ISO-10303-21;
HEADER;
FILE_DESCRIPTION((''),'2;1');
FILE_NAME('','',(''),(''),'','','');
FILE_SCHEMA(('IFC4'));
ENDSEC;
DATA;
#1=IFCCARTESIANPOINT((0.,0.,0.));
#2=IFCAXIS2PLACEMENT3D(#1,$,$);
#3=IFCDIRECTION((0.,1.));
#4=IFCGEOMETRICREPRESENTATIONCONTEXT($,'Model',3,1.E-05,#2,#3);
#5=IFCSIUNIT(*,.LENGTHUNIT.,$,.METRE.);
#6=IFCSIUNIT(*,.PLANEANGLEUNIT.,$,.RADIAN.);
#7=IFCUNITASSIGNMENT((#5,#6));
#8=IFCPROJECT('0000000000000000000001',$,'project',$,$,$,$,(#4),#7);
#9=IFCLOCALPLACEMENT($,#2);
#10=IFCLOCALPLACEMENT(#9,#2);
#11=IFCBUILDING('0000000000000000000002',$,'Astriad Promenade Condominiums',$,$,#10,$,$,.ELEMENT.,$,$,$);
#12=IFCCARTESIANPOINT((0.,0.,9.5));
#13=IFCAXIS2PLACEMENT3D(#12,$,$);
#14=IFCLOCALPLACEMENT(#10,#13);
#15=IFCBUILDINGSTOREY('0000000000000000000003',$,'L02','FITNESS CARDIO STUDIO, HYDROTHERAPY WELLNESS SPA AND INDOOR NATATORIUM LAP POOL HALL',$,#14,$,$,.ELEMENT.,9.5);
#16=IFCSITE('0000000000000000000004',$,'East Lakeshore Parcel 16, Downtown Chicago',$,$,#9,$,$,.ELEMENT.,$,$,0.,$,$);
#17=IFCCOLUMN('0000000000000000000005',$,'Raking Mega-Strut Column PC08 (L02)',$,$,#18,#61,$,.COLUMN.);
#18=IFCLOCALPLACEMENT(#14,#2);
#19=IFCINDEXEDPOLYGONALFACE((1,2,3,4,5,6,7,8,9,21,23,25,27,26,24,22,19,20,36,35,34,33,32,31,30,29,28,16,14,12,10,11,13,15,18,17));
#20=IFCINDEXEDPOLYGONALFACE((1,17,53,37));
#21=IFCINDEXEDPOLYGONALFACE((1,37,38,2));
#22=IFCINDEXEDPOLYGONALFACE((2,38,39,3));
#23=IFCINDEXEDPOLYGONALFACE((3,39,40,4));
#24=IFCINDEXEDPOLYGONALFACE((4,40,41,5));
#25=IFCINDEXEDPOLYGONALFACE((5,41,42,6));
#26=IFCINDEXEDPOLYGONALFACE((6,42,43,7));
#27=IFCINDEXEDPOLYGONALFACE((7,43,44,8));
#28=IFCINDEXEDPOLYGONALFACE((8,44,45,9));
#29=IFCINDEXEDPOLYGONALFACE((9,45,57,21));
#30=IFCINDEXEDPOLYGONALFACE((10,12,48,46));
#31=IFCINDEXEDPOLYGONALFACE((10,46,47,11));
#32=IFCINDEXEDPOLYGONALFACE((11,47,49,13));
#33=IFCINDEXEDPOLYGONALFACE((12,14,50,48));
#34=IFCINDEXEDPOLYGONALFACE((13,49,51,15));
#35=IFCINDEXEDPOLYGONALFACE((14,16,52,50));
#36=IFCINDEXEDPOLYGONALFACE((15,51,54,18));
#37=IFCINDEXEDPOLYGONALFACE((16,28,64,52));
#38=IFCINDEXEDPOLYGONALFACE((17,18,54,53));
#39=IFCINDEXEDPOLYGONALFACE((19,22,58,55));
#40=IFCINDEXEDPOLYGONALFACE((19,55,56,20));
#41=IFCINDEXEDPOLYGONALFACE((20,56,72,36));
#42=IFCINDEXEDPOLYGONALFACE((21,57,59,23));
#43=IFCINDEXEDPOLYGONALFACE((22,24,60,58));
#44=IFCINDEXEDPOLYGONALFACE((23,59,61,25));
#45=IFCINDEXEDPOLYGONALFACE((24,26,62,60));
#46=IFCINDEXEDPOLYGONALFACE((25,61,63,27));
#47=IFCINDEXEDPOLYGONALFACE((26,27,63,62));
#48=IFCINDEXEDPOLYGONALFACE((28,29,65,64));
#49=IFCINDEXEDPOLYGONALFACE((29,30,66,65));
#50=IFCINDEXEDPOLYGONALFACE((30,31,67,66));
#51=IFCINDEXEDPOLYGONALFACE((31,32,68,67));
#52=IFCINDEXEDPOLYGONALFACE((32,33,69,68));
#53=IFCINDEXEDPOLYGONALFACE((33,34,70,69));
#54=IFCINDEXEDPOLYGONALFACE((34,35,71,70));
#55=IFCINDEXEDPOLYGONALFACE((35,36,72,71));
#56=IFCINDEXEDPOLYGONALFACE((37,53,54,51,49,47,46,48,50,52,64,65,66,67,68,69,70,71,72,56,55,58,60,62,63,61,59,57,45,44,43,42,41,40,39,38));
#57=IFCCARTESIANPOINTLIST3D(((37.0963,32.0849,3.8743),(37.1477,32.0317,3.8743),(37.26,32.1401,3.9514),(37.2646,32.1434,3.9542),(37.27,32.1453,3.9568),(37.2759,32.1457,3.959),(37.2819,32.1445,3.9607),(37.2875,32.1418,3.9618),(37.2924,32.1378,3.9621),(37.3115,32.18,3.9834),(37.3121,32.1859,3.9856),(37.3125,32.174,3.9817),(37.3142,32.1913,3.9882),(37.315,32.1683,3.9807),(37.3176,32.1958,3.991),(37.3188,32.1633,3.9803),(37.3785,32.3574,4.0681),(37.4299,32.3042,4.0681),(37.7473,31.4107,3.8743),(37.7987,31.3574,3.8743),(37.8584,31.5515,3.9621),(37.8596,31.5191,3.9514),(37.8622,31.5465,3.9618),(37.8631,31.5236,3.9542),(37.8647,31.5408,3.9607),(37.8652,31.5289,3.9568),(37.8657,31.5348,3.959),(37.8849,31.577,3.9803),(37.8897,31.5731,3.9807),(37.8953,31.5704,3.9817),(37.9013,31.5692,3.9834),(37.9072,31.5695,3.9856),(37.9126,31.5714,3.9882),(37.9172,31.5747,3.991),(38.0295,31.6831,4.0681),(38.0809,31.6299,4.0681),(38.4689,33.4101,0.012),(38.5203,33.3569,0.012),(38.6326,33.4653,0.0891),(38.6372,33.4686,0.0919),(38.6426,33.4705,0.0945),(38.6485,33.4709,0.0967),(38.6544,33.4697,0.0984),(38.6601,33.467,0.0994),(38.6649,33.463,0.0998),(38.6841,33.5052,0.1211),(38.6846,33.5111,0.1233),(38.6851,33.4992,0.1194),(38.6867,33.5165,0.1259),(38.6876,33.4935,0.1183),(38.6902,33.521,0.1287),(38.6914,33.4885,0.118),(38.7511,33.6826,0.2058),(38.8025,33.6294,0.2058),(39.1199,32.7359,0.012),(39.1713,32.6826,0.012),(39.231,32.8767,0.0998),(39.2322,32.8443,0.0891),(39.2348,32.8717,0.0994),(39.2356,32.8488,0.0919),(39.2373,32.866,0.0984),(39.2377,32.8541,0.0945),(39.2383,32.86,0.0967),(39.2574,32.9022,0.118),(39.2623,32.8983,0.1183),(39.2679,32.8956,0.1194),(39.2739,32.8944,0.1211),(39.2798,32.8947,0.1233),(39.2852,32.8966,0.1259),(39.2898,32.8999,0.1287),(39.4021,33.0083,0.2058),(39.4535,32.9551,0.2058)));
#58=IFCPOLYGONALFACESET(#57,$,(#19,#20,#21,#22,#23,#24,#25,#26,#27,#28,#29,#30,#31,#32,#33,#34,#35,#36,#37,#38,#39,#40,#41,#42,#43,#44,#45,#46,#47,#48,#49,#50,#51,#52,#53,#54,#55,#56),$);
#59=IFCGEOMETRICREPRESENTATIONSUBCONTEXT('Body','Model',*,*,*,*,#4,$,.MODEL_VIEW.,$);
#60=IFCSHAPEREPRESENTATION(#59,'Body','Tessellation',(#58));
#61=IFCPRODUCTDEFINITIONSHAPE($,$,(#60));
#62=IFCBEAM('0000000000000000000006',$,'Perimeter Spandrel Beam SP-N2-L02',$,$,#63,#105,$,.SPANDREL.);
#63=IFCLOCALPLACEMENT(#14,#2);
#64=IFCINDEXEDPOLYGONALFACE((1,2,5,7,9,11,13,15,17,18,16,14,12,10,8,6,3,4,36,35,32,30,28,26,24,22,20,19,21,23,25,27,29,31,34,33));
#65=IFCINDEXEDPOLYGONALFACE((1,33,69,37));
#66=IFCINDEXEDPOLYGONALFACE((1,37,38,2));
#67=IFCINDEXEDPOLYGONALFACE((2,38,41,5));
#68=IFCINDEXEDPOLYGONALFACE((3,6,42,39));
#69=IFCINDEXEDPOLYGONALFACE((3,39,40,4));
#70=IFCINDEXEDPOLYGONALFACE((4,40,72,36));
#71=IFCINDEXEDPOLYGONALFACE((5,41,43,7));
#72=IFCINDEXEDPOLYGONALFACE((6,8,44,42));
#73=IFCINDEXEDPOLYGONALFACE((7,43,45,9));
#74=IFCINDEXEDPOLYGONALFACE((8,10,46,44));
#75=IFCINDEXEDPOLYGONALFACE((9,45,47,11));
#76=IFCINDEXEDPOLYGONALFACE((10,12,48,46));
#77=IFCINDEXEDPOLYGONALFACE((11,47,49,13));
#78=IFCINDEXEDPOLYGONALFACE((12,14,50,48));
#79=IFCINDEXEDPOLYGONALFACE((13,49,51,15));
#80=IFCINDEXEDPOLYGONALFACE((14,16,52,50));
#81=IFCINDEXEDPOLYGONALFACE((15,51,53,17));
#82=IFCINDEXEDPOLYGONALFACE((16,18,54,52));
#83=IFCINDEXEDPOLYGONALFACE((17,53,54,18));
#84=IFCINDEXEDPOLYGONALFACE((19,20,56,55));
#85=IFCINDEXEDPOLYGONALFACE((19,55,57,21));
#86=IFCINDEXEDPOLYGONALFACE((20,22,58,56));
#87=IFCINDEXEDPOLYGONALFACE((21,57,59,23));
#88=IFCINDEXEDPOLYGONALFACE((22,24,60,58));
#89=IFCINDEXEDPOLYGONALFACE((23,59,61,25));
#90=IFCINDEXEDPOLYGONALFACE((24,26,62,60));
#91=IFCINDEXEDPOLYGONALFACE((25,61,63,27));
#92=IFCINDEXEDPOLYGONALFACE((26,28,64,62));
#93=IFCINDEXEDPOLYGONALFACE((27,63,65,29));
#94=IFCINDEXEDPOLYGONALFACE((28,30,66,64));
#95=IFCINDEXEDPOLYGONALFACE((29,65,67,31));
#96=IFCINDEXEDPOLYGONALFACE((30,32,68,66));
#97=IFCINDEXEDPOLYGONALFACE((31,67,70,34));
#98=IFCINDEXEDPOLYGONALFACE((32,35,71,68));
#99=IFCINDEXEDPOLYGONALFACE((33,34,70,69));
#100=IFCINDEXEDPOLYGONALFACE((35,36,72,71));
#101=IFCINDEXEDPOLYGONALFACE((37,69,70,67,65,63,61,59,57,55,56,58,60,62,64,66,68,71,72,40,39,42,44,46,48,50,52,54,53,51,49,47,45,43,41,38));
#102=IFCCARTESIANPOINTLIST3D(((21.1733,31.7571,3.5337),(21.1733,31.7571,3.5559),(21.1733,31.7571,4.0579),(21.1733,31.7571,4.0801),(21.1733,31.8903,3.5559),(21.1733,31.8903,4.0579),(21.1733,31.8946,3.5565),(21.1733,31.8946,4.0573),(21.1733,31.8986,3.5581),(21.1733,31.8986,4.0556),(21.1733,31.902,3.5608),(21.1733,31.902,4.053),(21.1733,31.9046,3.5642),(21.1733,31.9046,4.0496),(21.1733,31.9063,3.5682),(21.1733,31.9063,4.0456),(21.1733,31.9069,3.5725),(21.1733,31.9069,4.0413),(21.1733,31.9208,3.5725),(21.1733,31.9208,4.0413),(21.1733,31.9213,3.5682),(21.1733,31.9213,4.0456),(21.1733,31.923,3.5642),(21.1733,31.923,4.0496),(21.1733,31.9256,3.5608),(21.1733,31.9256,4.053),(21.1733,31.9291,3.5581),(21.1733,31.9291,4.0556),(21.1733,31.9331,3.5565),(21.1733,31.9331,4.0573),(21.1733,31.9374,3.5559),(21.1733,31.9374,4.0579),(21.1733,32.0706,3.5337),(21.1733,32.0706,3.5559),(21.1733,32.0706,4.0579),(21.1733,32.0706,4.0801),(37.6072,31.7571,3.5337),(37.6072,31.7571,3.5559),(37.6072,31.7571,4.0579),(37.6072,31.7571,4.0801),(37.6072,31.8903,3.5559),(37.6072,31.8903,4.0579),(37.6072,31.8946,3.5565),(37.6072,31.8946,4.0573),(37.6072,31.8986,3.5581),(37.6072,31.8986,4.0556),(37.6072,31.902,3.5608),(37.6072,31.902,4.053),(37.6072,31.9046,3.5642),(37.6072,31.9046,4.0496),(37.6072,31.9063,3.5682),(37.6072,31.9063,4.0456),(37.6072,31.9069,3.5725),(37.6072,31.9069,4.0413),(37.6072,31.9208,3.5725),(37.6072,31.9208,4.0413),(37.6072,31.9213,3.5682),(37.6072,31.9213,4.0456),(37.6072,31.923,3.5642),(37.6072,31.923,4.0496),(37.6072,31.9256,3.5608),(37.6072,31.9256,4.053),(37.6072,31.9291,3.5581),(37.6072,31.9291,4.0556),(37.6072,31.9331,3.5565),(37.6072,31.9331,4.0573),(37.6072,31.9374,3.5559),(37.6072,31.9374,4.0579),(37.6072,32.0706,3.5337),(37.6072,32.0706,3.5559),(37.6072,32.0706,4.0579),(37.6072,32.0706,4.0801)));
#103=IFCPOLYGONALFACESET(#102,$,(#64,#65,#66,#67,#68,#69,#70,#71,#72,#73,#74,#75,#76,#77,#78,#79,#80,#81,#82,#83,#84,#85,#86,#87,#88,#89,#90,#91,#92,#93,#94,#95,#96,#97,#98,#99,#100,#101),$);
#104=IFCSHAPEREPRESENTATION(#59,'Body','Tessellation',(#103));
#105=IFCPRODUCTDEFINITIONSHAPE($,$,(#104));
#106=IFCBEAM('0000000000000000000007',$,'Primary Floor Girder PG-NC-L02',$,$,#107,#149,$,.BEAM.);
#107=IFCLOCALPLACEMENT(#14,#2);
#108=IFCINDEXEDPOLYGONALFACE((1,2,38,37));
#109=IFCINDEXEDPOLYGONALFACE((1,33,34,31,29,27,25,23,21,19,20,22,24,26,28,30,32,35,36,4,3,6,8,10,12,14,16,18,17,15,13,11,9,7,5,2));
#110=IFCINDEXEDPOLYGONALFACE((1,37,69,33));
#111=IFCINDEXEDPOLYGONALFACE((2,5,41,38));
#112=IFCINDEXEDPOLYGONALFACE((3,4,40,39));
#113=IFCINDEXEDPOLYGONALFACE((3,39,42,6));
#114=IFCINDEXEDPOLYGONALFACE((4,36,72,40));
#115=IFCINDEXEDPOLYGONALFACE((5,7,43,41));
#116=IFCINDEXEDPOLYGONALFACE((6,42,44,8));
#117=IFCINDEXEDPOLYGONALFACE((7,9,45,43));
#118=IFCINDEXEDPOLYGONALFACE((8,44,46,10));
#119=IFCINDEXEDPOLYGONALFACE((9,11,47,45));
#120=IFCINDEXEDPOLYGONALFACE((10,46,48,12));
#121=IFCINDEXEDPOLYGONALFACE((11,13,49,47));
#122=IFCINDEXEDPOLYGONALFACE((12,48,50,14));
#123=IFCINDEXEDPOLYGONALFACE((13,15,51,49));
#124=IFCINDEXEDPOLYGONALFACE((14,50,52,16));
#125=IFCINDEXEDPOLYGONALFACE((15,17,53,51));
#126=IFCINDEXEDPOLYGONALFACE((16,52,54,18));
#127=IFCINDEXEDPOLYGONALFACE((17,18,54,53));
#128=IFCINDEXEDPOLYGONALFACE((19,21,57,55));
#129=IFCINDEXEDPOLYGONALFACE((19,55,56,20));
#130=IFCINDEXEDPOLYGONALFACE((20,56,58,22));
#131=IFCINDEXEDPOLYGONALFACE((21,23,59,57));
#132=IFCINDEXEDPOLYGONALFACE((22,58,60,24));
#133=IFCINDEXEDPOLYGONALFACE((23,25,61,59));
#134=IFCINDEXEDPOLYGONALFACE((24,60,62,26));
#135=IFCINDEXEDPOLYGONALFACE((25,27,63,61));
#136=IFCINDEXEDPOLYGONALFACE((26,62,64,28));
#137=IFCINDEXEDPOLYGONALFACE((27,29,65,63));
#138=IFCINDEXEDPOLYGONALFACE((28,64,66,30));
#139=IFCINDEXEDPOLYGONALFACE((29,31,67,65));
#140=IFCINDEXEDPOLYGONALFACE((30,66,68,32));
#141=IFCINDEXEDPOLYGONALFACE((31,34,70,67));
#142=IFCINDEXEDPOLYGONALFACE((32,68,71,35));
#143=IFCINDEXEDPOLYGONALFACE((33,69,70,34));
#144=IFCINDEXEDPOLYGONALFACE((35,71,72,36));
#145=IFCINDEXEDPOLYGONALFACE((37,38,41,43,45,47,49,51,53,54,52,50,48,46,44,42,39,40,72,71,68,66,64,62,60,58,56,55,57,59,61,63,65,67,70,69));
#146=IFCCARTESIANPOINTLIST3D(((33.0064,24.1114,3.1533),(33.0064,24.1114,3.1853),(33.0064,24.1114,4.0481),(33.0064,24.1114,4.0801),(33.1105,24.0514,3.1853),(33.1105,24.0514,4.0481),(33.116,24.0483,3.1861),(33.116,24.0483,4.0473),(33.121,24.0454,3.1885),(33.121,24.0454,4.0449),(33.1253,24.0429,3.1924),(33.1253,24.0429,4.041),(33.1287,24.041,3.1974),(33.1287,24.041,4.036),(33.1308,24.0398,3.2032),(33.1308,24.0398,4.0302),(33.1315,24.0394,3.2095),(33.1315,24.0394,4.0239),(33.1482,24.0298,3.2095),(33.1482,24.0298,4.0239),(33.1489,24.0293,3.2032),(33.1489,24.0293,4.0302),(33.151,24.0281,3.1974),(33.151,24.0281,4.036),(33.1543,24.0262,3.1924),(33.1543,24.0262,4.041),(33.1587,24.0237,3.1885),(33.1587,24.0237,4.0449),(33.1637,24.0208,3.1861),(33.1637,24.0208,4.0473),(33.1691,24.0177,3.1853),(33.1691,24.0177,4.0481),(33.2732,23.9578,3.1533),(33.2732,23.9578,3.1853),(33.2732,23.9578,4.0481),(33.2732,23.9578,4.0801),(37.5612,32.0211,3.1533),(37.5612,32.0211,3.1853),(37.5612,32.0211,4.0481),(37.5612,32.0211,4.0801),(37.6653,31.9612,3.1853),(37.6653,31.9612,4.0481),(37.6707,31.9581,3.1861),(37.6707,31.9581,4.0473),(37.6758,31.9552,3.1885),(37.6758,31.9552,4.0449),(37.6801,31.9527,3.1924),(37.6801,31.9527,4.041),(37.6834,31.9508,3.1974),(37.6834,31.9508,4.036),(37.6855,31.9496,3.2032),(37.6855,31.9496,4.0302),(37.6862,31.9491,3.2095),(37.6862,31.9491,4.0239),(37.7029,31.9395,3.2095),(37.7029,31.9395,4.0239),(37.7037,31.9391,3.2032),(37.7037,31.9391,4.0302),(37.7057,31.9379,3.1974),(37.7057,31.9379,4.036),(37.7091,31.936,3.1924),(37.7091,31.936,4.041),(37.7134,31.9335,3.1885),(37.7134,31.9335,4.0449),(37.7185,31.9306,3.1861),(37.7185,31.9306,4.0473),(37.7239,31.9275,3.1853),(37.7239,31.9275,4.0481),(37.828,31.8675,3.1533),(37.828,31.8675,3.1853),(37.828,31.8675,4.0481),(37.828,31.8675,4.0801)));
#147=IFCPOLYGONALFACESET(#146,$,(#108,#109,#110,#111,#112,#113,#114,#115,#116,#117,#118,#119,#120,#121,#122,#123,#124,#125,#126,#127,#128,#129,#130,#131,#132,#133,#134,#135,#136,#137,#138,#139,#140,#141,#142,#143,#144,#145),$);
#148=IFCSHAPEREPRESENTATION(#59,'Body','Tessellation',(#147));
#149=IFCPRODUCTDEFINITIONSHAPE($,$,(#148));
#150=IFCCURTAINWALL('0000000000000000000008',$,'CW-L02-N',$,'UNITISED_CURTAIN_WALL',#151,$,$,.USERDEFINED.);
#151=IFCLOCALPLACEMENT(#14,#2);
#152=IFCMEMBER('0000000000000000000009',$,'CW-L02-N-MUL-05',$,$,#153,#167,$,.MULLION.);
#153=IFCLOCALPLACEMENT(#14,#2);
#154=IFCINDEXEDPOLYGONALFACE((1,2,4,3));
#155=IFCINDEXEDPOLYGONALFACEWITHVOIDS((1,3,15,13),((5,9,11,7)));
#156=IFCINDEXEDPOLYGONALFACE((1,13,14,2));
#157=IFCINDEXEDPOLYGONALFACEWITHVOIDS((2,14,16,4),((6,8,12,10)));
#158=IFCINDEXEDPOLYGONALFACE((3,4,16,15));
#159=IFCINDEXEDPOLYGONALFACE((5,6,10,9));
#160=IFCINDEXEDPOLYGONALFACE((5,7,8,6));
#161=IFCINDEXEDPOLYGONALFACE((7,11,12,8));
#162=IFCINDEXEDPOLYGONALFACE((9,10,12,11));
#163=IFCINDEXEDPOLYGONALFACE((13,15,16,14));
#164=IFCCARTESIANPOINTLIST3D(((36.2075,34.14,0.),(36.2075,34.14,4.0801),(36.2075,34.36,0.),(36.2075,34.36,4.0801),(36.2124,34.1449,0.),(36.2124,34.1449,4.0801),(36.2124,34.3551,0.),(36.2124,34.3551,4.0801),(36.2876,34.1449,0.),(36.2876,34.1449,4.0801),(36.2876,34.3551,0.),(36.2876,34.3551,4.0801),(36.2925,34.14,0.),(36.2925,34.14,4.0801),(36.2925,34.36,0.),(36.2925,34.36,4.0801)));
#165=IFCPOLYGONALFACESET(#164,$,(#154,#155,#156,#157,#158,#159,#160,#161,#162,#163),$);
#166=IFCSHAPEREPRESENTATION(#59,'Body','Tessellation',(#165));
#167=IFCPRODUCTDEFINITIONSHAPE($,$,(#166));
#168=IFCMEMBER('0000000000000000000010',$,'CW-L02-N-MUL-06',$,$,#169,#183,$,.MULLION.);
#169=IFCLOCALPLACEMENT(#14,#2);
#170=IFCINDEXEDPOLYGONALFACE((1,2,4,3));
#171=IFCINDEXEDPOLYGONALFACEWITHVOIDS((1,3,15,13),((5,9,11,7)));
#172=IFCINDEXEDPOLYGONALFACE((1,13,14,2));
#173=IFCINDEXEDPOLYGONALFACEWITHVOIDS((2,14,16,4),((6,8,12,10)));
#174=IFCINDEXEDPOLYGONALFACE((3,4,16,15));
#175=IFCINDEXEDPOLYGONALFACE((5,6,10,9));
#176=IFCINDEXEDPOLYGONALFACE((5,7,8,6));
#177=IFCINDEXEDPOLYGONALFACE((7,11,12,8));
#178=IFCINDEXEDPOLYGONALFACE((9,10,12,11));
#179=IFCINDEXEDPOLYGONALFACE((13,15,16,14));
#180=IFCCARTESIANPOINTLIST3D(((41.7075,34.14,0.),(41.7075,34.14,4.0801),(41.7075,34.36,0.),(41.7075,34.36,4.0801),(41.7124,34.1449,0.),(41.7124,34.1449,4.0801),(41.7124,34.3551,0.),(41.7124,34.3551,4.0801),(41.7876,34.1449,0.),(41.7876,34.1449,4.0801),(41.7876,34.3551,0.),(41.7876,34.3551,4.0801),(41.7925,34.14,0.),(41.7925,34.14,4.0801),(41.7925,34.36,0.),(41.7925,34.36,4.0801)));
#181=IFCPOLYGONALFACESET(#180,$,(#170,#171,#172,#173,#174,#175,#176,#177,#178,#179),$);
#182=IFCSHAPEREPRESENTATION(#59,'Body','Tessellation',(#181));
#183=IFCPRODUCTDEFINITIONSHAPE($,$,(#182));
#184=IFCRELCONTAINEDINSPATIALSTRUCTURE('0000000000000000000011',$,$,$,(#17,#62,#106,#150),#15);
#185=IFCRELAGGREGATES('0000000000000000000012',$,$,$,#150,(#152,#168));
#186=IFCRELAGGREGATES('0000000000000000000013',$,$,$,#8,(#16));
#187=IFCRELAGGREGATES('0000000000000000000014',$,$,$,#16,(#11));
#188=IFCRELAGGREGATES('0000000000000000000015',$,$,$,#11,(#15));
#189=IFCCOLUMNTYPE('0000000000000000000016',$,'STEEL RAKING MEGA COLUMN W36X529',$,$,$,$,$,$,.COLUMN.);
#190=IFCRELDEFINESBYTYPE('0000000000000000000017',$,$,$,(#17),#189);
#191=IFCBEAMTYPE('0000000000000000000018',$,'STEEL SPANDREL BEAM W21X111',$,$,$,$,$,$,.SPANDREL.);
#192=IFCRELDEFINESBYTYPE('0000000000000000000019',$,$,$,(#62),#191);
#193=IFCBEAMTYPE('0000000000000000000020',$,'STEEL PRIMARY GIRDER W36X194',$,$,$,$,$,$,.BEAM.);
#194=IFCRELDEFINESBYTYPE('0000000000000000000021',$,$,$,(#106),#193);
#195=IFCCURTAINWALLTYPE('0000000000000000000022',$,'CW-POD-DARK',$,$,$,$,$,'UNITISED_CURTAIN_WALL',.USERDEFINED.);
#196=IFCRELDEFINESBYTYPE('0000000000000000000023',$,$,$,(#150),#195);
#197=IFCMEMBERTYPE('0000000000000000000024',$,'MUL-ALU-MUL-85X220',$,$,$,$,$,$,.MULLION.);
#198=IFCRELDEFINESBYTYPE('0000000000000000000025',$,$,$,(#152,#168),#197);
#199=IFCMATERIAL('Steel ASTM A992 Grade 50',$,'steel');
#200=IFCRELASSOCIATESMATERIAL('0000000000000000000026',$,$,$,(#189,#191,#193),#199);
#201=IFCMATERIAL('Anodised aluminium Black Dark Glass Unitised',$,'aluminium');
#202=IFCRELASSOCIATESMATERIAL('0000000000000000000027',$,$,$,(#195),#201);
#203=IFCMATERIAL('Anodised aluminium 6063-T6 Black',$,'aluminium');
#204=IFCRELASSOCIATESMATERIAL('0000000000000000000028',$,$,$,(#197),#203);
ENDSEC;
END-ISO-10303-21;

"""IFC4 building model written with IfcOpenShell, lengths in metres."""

from ifc_helpers import new_model, si_unit, direction, frame, origin, origin_2d, place, context, subcontext, project, spatial, hollow_rectangle, i_section, extrude, source, transform, mapped, material, material_profile, profile_set, type_object, type_shapes, element, aggregate, save


model = new_model("IFC4")

# Units and contexts
model_context = context("Model", 3, precision=1e-05, world=origin(), true_north=direction((0.0, 1.0)))
body_context = subcontext(model_context, "Body", "Model", "MODEL_VIEW")
ifc_project = project(units=[si_unit("LENGTHUNIT", "METRE"), si_unit("PLANEANGLEUNIT", "RADIAN")], contexts=[model_context])

# Site, building, storey
site_placement = place(None, origin())
site = spatial("IfcSite", under=ifc_project, at=site_placement, Name="East Lakeshore Parcel 16, Downtown Chicago", CompositionType="ELEMENT", RefElevation=0.0)
building_placement = place(site_placement, origin())
building = spatial("IfcBuilding", under=site, at=building_placement, Name="Astriad Promenade Condominiums", CompositionType="ELEMENT")
storey_placement = place(building_placement, frame((0.0, 0.0, 9.5)))
storey = spatial("IfcBuildingStorey", under=building, at=storey_placement, Name="L02", Description="FITNESS CARDIO STUDIO, HYDROTHERAPY WELLNESS SPA AND INDOOR NATATORIUM LAP POOL HALL", CompositionType="ELEMENT", Elevation=9.5)

# Column
ifc_material_1 = material(Name="Steel ASTM A992 Grade 50", Category="steel")
ifc_material_profile_1 = material_profile(ifc_material_1, i_section(OverallWidth=0.4375, OverallDepth=1.0112, WebThickness=0.041, FlangeThickness=0.074, FilletRadius=0.0242, at=origin_2d()), Name="W36X529")
ifc_profile_set_1 = profile_set([ifc_material_profile_1], Name="Steel ASTM A992 Grade 50")
column_type = type_object("IfcColumnType", Name="STEEL RAKING MEGA COLUMN W36X529", PredefinedType="COLUMN", material=ifc_profile_set_1)
shared_shape_1 = source(origin(), body_context, "Body", "SweptSolid", [
    extrude(i_section(OverallWidth=0.4375, OverallDepth=1.0112, WebThickness=0.041, FlangeThickness=0.074, FilletRadius=0.0242, at=origin_2d()), origin(), (0.0, 0.0, 1.0), 4.3079),
])
type_shapes(column_type, [shared_shape_1])
column_placement = place(storey_placement, frame((38.9612, 33.1826, 0.1089), z_axis=(-0.318619, -0.307624, 0.896576), x_axis=(0.645006, 0.622749, 0.442889)))
element("IfcColumn", 1, at=column_placement, inside=storey, type_object=column_type, Name="Raking Mega-Strut Column PC08 (L02)", PredefinedType="COLUMN", context=body_context, shape_type="MappedRepresentation", body=[
    mapped(shared_shape_1, transform((0.0, 0.0, 0.0), scale=1.0)),
])

# Beams
ifc_material_profile_2 = material_profile(ifc_material_1, i_section(OverallWidth=0.3135, OverallDepth=0.5464, WebThickness=0.0139, FlangeThickness=0.0222, FilletRadius=0.0166, at=origin_2d()), Name="W21X111")
ifc_profile_set_2 = profile_set([ifc_material_profile_2], Name="Steel ASTM A992 Grade 50")
beam_type_1 = type_object("IfcBeamType", Name="STEEL SPANDREL BEAM W21X111", PredefinedType="SPANDREL", material=ifc_profile_set_2)
shared_shape_2 = source(origin(), body_context, "Body", "SweptSolid", [
    extrude(i_section(OverallWidth=0.3135, OverallDepth=0.5464, WebThickness=0.0139, FlangeThickness=0.0222, FilletRadius=0.0166, at=origin_2d()), origin(), (0.0, 0.0, 1.0), 16.4338),
])
type_shapes(beam_type_1, [shared_shape_2])
beam_1_placement = place(storey_placement, frame((37.6072, 31.9138, 3.8069), z_axis=(-1.0, 0.0, 0.0), x_axis=(0.0, -1.0, 0.0)))
element("IfcBeam", 2, at=beam_1_placement, inside=storey, type_object=beam_type_1, Name="Perimeter Spandrel Beam SP-N2-L02", PredefinedType="SPANDREL", context=body_context, shape_type="MappedRepresentation", body=[
    mapped(shared_shape_2, transform((0.0, 0.0, 0.0), scale=1.0)),
])
ifc_material_profile_3 = material_profile(ifc_material_1, i_section(OverallWidth=0.3079, OverallDepth=0.9268, WebThickness=0.0193, FlangeThickness=0.032, FilletRadius=0.0242, at=origin_2d()), Name="W36X194")
ifc_profile_set_3 = profile_set([ifc_material_profile_3], Name="Steel ASTM A992 Grade 50")
beam_type_2 = type_object("IfcBeamType", Name="STEEL PRIMARY GIRDER W36X194", PredefinedType="BEAM", material=ifc_profile_set_3)
shared_shape_3 = source(origin(), body_context, "Body", "SweptSolid", [
    extrude(i_section(OverallWidth=0.3079, OverallDepth=0.9268, WebThickness=0.0193, FlangeThickness=0.032, FilletRadius=0.0242, at=origin_2d()), origin(), (0.0, 0.0, 1.0), 9.1274),
])
type_shapes(beam_type_2, [shared_shape_3])
beam_2_placement = place(storey_placement, frame((37.6946, 31.9443, 3.6167), z_axis=(-0.499017, -0.866592, 0.0), x_axis=(0.866592, -0.499017, 0.0)))
element("IfcBeam", 3, at=beam_2_placement, inside=storey, type_object=beam_type_2, Name="Primary Floor Girder PG-NC-L02", PredefinedType="BEAM", context=body_context, shape_type="MappedRepresentation", body=[
    mapped(shared_shape_3, transform((0.0, 0.0, 0.0), scale=1.0)),
])

# Curtain wall, members
ifc_material_2 = material(Name="Anodised aluminium Black Dark Glass Unitised", Category="aluminium")
curtain_wall_type = type_object("IfcCurtainWallType", Name="CW-POD-DARK", ElementType="UNITISED_CURTAIN_WALL", PredefinedType="USERDEFINED", material=ifc_material_2)
curtain_wall_placement = place(storey_placement, origin())
curtain_wall = element("IfcCurtainWall", 4, at=curtain_wall_placement, inside=storey, type_object=curtain_wall_type, Name="CW-L02-N", ObjectType="UNITISED_CURTAIN_WALL", PredefinedType="USERDEFINED")
ifc_material_3 = material(Name="Anodised aluminium 6063-T6 Black", Category="aluminium")
ifc_material_profile_4 = material_profile(ifc_material_3, hollow_rectangle(XDim=0.085, YDim=0.22, WallThickness=0.0049, at=origin_2d()), Name="ALU-MUL-85X220")
ifc_profile_set_4 = profile_set([ifc_material_profile_4], Name="Anodised aluminium 6063-T6 Black")
member_type_1 = type_object("IfcMemberType", Name="MUL-ALU-MUL-85X220", PredefinedType="MULLION", material=ifc_profile_set_4)
shared_shape_4 = source(origin(), body_context, "Body", "SweptSolid", [
    extrude(hollow_rectangle(XDim=0.085, YDim=0.22, WallThickness=0.0049, at=origin_2d()), origin(), (0.0, 0.0, 1.0), 4.0801),
])
type_shapes(member_type_1, [shared_shape_4])
member_1_placement = place(storey_placement, frame((36.25, 34.25, 0.0), z_axis=(0.0, 0.0, 1.0), x_axis=(1.0, 0.0, 0.0)))
member_1 = element("IfcMember", 5, at=member_1_placement, type_object=member_type_1, Name="CW-L02-N-MUL-05", PredefinedType="MULLION", context=body_context, shape_type="MappedRepresentation", body=[
    mapped(shared_shape_4, transform((0.0, 0.0, 0.0), scale=1.0)),
])
member_2_placement = place(storey_placement, frame((41.75, 34.25, 0.0), z_axis=(0.0, 0.0, 1.0), x_axis=(1.0, 0.0, 0.0)))
member_2 = element("IfcMember", 6, at=member_2_placement, type_object=member_type_1, Name="CW-L02-N-MUL-06", PredefinedType="MULLION", context=body_context, shape_type="MappedRepresentation", body=[
    mapped(shared_shape_4, transform((0.0, 0.0, 0.0), scale=1.0)),
])

aggregate(curtain_wall, [member_1, member_2])

save(model, "model.ifc")
